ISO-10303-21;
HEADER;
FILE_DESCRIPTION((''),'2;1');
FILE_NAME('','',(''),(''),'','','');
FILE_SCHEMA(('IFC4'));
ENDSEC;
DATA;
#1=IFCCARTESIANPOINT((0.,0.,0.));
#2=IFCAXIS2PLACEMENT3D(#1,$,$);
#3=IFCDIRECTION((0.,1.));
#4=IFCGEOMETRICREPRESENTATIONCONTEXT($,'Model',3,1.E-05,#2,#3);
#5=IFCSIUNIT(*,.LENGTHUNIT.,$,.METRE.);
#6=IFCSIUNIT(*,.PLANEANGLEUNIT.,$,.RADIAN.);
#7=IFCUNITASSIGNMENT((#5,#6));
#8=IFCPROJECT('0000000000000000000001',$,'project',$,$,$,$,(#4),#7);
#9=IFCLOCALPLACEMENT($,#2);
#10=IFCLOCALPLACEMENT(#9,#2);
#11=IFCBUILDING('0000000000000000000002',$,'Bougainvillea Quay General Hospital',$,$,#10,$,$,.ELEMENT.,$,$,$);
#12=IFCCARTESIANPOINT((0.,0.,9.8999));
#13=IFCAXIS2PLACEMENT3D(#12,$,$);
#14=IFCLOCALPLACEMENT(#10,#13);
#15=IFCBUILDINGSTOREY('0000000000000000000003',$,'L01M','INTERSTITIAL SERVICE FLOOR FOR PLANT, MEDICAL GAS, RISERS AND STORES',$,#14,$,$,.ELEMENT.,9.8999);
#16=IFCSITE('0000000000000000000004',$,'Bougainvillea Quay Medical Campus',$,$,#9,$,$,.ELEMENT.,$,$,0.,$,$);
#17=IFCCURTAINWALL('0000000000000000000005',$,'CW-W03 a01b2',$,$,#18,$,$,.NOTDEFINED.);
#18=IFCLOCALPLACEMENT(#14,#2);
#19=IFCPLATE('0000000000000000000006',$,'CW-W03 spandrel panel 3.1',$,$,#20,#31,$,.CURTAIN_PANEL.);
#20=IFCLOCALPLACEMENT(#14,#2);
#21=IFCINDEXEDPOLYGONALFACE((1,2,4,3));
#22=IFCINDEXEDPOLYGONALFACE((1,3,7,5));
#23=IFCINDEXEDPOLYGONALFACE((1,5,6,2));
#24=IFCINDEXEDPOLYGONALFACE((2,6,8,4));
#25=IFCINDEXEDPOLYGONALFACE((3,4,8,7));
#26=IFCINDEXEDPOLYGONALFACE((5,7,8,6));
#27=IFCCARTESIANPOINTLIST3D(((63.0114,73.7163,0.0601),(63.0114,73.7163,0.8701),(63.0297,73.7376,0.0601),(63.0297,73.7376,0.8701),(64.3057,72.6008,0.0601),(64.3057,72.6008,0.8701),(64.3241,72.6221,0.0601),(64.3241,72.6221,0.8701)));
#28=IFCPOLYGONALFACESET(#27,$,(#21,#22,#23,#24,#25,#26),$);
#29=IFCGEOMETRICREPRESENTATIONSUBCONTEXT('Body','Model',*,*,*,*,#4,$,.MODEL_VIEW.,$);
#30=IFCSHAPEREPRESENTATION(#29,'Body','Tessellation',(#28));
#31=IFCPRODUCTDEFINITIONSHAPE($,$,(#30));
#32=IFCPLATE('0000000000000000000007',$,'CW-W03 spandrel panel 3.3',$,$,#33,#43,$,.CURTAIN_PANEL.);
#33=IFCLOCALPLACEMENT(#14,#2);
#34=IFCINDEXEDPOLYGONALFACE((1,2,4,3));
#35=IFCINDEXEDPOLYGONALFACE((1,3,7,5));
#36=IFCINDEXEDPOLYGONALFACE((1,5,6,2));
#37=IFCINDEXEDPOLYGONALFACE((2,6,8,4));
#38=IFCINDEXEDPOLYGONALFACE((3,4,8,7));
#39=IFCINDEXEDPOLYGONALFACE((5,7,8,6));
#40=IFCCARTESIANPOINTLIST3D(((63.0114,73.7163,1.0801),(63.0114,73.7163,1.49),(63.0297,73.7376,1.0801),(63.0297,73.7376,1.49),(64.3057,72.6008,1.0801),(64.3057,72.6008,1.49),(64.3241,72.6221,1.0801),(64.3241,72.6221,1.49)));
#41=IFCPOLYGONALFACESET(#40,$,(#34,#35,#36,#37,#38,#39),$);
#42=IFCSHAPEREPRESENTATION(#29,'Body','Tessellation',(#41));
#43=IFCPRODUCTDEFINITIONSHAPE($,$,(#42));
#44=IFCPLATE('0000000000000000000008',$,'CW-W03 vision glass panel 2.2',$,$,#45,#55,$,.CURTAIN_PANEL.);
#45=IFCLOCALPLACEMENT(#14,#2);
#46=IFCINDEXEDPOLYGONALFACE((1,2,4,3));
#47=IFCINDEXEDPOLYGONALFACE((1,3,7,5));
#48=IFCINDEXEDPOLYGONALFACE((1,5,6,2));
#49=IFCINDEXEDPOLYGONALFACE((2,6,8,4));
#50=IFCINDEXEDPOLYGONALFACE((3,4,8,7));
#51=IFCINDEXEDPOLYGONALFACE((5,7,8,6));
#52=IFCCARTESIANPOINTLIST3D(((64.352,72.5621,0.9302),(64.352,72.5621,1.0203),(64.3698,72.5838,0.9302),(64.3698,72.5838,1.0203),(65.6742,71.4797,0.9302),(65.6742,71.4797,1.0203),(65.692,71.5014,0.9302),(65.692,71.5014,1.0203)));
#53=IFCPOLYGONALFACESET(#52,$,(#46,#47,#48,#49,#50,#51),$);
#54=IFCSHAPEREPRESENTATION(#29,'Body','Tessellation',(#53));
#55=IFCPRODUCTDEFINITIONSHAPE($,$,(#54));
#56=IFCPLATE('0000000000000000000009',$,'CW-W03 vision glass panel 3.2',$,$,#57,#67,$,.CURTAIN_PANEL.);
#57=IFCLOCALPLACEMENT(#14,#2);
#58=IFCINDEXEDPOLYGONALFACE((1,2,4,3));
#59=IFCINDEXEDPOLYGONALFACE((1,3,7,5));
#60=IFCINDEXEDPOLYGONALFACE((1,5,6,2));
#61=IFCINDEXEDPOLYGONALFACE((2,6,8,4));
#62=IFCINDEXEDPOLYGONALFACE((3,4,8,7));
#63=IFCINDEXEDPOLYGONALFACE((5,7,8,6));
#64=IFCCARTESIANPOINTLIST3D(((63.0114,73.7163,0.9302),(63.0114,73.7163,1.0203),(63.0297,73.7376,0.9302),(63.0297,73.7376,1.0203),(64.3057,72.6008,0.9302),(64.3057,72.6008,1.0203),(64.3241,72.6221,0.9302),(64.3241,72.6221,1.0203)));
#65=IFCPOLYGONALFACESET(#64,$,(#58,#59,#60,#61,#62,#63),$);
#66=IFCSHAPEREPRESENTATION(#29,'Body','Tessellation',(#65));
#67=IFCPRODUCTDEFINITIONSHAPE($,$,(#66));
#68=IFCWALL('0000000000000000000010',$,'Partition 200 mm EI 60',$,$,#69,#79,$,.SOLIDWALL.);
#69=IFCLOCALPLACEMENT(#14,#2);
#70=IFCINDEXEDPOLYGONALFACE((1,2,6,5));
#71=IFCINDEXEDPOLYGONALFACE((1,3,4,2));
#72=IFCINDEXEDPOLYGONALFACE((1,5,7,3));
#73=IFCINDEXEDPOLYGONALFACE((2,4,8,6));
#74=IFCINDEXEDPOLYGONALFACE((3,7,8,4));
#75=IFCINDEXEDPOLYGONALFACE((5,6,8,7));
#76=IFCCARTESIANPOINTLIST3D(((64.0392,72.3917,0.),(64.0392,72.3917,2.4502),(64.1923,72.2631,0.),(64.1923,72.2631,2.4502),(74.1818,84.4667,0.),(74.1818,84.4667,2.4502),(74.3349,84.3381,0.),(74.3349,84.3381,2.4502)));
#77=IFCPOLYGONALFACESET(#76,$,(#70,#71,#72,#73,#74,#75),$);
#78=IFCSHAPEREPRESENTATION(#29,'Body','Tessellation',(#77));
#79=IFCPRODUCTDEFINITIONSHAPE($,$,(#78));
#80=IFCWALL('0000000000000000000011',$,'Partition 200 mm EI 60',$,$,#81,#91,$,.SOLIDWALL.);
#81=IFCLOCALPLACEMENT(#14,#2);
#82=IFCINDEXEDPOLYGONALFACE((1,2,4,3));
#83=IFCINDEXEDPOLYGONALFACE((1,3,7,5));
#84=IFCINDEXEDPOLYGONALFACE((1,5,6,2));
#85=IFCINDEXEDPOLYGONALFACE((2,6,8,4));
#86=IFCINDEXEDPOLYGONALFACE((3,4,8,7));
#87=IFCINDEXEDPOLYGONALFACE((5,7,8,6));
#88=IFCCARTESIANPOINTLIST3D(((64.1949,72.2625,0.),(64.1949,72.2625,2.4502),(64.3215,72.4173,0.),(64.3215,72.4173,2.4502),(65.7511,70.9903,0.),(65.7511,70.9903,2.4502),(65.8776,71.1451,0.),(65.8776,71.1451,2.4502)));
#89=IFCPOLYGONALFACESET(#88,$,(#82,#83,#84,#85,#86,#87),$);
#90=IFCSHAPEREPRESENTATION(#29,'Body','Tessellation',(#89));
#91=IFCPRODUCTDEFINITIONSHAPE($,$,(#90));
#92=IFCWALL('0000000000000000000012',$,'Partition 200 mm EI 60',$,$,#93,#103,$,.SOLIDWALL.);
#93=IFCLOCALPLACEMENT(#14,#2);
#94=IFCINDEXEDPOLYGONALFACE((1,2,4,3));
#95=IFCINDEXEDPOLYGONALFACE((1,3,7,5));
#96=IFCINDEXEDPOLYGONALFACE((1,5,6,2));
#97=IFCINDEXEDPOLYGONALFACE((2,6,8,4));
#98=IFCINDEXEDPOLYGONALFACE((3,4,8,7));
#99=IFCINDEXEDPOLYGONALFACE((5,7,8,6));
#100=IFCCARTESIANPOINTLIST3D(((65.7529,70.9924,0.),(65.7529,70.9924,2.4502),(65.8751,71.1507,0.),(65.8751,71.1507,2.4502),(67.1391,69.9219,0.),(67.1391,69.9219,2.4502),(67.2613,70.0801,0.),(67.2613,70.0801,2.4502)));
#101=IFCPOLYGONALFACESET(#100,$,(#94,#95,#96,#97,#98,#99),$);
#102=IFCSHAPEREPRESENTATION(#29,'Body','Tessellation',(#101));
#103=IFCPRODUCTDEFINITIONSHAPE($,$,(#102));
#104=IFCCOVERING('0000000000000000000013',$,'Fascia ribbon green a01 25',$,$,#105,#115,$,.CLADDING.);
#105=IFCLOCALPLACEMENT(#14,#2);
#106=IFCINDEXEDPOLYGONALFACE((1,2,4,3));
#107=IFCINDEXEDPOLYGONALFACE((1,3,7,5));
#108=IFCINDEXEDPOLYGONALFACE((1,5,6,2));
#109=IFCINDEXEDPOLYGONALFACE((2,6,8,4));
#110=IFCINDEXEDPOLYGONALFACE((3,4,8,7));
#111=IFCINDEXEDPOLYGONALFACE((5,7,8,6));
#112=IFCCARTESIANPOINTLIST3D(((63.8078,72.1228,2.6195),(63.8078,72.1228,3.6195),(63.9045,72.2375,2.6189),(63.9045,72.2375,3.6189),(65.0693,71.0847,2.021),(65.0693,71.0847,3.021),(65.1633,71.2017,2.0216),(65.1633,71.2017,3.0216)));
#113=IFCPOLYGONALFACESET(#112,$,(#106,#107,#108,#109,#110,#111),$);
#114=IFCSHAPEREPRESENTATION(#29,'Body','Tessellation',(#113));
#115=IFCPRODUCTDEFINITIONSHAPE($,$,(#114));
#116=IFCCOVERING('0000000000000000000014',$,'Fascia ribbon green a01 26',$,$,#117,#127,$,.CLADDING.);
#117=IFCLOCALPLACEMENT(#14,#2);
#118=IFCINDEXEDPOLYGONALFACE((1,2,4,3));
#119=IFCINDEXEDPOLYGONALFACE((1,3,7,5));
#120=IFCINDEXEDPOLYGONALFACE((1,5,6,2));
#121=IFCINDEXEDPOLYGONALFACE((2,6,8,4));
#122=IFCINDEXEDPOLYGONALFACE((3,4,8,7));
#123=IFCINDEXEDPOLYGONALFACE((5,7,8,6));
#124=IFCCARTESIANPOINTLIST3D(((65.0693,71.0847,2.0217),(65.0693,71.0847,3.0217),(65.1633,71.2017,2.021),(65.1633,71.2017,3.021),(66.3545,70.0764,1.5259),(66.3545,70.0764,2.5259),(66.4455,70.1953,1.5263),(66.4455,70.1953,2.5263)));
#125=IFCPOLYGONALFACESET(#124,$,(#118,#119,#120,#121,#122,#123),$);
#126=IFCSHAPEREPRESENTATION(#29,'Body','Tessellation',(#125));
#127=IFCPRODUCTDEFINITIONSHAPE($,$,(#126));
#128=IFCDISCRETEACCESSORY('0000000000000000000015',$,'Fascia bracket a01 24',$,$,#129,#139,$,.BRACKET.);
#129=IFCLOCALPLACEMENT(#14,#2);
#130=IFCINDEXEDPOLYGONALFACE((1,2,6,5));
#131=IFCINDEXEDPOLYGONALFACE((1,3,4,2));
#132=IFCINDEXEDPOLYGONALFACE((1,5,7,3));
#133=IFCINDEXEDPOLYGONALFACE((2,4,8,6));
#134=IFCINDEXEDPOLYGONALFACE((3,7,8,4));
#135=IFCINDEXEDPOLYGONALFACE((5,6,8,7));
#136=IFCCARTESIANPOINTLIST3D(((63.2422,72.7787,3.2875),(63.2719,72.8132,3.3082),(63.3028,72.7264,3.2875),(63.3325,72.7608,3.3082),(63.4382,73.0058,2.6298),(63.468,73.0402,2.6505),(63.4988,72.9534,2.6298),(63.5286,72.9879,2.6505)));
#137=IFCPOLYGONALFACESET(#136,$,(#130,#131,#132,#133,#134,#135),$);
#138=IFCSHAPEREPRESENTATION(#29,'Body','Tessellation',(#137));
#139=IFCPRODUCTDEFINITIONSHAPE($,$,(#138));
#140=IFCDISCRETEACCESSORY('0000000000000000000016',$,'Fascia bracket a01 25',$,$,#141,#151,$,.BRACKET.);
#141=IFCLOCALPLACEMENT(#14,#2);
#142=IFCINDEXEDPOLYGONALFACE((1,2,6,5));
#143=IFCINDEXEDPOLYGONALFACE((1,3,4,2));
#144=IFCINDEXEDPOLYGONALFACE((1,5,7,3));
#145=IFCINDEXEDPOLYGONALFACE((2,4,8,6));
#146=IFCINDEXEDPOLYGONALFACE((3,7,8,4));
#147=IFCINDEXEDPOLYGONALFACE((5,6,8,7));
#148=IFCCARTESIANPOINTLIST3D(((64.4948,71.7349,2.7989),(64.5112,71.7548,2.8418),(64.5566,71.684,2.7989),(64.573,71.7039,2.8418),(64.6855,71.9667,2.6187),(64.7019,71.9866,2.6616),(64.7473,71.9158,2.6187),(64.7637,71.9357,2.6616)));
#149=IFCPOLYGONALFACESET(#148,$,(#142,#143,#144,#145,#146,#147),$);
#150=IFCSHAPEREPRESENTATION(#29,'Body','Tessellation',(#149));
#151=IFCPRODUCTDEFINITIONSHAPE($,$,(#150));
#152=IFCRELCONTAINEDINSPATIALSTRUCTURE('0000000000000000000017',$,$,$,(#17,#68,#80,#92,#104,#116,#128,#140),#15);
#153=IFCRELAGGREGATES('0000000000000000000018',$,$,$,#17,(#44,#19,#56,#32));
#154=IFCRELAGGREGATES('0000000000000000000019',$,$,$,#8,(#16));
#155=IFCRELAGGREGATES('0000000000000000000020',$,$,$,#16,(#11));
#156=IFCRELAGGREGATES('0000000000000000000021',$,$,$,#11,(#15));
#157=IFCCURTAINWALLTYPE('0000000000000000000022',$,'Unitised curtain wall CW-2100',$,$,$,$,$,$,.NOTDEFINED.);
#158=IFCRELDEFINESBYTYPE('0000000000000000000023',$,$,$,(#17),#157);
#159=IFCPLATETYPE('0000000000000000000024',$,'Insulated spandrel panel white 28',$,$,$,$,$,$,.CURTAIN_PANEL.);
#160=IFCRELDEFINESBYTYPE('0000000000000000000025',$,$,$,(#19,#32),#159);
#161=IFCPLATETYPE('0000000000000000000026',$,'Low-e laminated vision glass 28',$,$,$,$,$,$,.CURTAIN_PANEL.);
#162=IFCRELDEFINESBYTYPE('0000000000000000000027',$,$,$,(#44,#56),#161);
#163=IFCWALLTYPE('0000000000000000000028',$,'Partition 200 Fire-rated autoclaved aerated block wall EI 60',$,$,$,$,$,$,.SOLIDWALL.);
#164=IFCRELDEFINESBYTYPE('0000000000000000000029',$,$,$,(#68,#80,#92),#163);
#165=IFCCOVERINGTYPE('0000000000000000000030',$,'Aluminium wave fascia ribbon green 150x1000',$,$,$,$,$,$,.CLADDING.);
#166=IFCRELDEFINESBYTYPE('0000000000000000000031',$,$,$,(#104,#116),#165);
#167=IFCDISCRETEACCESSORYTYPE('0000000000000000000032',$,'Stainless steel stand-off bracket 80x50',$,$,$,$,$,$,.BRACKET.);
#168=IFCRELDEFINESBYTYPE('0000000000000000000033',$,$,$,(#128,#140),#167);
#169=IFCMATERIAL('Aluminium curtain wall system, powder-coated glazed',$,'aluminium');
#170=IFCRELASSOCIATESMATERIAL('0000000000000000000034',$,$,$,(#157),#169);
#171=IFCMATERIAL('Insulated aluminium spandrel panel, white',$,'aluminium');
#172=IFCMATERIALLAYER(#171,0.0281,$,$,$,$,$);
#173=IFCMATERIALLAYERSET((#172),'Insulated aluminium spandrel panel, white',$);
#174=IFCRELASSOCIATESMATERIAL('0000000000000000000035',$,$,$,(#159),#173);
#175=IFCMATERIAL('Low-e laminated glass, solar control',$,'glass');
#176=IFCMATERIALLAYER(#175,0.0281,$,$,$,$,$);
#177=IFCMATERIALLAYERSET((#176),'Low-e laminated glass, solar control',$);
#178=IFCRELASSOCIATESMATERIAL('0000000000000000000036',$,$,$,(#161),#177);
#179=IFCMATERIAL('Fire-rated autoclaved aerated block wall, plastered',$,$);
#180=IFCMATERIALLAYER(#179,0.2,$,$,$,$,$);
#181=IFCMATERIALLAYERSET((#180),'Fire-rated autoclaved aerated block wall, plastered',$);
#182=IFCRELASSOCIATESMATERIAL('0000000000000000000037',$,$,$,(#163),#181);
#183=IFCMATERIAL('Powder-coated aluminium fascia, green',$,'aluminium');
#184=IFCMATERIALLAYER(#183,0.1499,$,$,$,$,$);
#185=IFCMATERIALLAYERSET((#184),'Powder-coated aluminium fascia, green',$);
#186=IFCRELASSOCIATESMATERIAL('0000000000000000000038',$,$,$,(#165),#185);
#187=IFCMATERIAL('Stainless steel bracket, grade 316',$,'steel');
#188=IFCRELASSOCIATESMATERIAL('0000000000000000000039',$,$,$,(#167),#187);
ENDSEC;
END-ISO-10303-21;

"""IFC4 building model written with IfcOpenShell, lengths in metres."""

from ifc_helpers import new_model, si_unit, direction, frame, frame_2d, origin, origin_2d, place, context, subcontext, project, spatial, polyline, rectangle, outline, extrude, material, layer, layer_set, material_profile, profile_set, type_object, element, aggregate, save


model = new_model("IFC4")

# Units and contexts
model_context = context("Model", 3, precision=1e-05, world=origin(), true_north=direction((0.0, 1.0)))
body_context = subcontext(model_context, "Body", "Model", "MODEL_VIEW")
ifc_project = project(units=[si_unit("LENGTHUNIT", "METRE"), si_unit("PLANEANGLEUNIT", "RADIAN")], contexts=[model_context])

# Site, building, storey
site_placement = place(None, origin())
site = spatial("IfcSite", under=ifc_project, at=site_placement, Name="Bougainvillea Quay Medical Campus", CompositionType="ELEMENT", RefElevation=0.0)
building_placement = place(site_placement, origin())
building = spatial("IfcBuilding", under=site, at=building_placement, Name="Bougainvillea Quay General Hospital", CompositionType="ELEMENT")
storey_placement = place(building_placement, frame((0.0, 0.0, 9.8999)))
storey = spatial("IfcBuildingStorey", under=building, at=storey_placement, Name="L01M", Description="INTERSTITIAL SERVICE FLOOR FOR PLANT, MEDICAL GAS, RISERS AND STORES", CompositionType="ELEMENT", Elevation=9.8999)

# Curtain wall, plates
ifc_material_1 = material(Name="Aluminium curtain wall system, powder-coated glazed", Category="aluminium")
curtain_wall_type = type_object("IfcCurtainWallType", Name="Unitised curtain wall CW-2100", PredefinedType="NOTDEFINED", material=ifc_material_1)
curtain_wall_placement = place(storey_placement, origin())
curtain_wall = element("IfcCurtainWall", 1, at=curtain_wall_placement, inside=storey, type_object=curtain_wall_type, Name="CW-W03 a01b2", PredefinedType="NOTDEFINED")
ifc_material_2 = material(Name="Insulated aluminium spandrel panel, white", Category="aluminium")
ifc_layer_1 = layer(ifc_material_2, 0.0281)
ifc_layer_set_1 = layer_set([ifc_layer_1], Name="Insulated aluminium spandrel panel, white")
plate_type_1 = type_object("IfcPlateType", Name="Insulated spandrel panel white 28", PredefinedType="CURTAIN_PANEL", material=ifc_layer_set_1)
plate_1_placement = place(storey_placement, frame((63.6677, 73.1692, 0.0601), z_axis=(0.0, 0.0, 1.0), x_axis=(-0.757491, 0.652846, 0.0)))
plate_1 = element("IfcPlate", 2, at=plate_1_placement, type_object=plate_type_1, Name="CW-W03 spandrel panel 3.1", PredefinedType="CURTAIN_PANEL", context=body_context, shape_type="SweptSolid", body=[
    extrude(rectangle(XDim=1.7087, YDim=0.0281, at=origin_2d()), origin(), (0.0, 0.0, 1.0), 0.8101),
])
plate_2_placement = place(storey_placement, frame((63.6677, 73.1692, 1.0801), z_axis=(0.0, 0.0, 1.0), x_axis=(-0.757491, 0.652846, 0.0)))
plate_2 = element("IfcPlate", 3, at=plate_2_placement, type_object=plate_type_1, Name="CW-W03 spandrel panel 3.3", PredefinedType="CURTAIN_PANEL", context=body_context, shape_type="SweptSolid", body=[
    extrude(rectangle(XDim=1.7087, YDim=0.0281, at=origin_2d()), origin(), (0.0, 0.0, 1.0), 0.4099),
])
ifc_material_3 = material(Name="Low-e laminated glass, solar control", Category="glass")
ifc_layer_2 = layer(ifc_material_3, 0.0281)
ifc_layer_set_2 = layer_set([ifc_layer_2], Name="Low-e laminated glass, solar control")
plate_type_2 = type_object("IfcPlateType", Name="Low-e laminated vision glass 28", PredefinedType="CURTAIN_PANEL", material=ifc_layer_set_2)
plate_3_placement = place(storey_placement, frame((65.022, 72.0317, 0.9302), z_axis=(0.0, 0.0, 1.0), x_axis=(-0.773802, 0.633428, 0.0)))
plate_3 = element("IfcPlate", 4, at=plate_3_placement, type_object=plate_type_2, Name="CW-W03 vision glass panel 2.2", PredefinedType="CURTAIN_PANEL", context=body_context, shape_type="SweptSolid", body=[
    extrude(rectangle(XDim=1.7087, YDim=0.0281, at=origin_2d()), origin(), (0.0, 0.0, 1.0), 0.0901),
])
plate_4_placement = place(storey_placement, frame((63.6677, 73.1692, 0.9302), z_axis=(0.0, 0.0, 1.0), x_axis=(-0.757491, 0.652846, 0.0)))
plate_4 = element("IfcPlate", 5, at=plate_4_placement, type_object=plate_type_2, Name="CW-W03 vision glass panel 3.2", PredefinedType="CURTAIN_PANEL", context=body_context, shape_type="SweptSolid", body=[
    extrude(rectangle(XDim=1.7087, YDim=0.0281, at=origin_2d()), origin(), (0.0, 0.0, 1.0), 0.0901),
])
aggregate(curtain_wall, [plate_3, plate_1, plate_4, plate_2])

# Walls
ifc_material_4 = material(Name="Fire-rated autoclaved aerated block wall, plastered")
ifc_layer_3 = layer(ifc_material_4, 0.2)
ifc_layer_set_3 = layer_set([ifc_layer_3], Name="Fire-rated autoclaved aerated block wall, plastered")
wall_type = type_object("IfcWallType", Name="Partition 200 Fire-rated autoclaved aerated block wall EI 60", PredefinedType="SOLIDWALL", material=ifc_layer_set_3)
wall_1_placement = place(storey_placement, frame((64.1157, 72.3274, 0.0), z_axis=(0.0, 0.0, 1.0), x_axis=(0.643178, 0.765717, 0.0)))
element("IfcWall", 6, at=wall_1_placement, inside=storey, type_object=wall_type, Name="Partition 200 mm EI 60", PredefinedType="SOLIDWALL", context=body_context, shape_type="SweptSolid", body=[
    extrude(rectangle(XDim=15.7695, YDim=0.2, at=frame_2d((7.8848, 0.0))), origin(), (0.0, 0.0, 1.0), 2.4502),
])
wall_2_placement = place(storey_placement, frame((64.2583, 72.3398, 0.0), z_axis=(0.0, 0.0, 1.0), x_axis=(0.774201, -0.63294, 0.0)))
element("IfcWall", 7, at=wall_2_placement, inside=storey, type_object=wall_type, Name="Partition 200 mm EI 60", PredefinedType="SOLIDWALL", context=body_context, shape_type="SweptSolid", body=[
    extrude(rectangle(XDim=2.01, YDim=0.2, at=frame_2d((1.0049, 0.0))), origin(), (0.0, 0.0, 1.0), 2.4502),
])
wall_3_placement = place(storey_placement, frame((65.814, 71.0715, 0.0), z_axis=(0.0, 0.0, 1.0), x_axis=(0.791457, -0.611225, 0.0)))
element("IfcWall", 8, at=wall_3_placement, inside=storey, type_object=wall_type, Name="Partition 200 mm EI 60", PredefinedType="SOLIDWALL", context=body_context, shape_type="SweptSolid", body=[
    extrude(rectangle(XDim=1.7515, YDim=0.2, at=frame_2d((0.8757, 0.0))), origin(), (0.0, 0.0, 1.0), 2.4502),
])

# Coverings
ifc_material_5 = material(Name="Powder-coated aluminium fascia, green", Category="aluminium")
ifc_layer_4 = layer(ifc_material_5, 0.1499)
ifc_layer_set_4 = layer_set([ifc_layer_4], Name="Powder-coated aluminium fascia, green")
covering_type = type_object("IfcCoveringType", Name="Aluminium wave fascia ribbon green 150x1000", PredefinedType="CLADDING", material=ifc_layer_set_4)
covering_1_placement = place(storey_placement, frame((63.9045, 72.2375, 2.6189), z_axis=(0.265624, -0.218601, 0.938966), x_axis=(0.725031, -0.596646, -0.34401)))
element("IfcCovering", 9, at=covering_1_placement, inside=storey, type_object=covering_type, Name="Fascia ribbon green a01 25", PredefinedType="CLADDING", context=body_context, shape_type="SweptSolid", body=[
    extrude(outline(polyline([(0.0, 0.0), (1.7362, 0.0), (1.738, -0.15), (-0.0019, -0.15), (0.0, 0.0)])), origin(), (-0.34401, 0.000009, 0.938966), 1.0),
])
covering_2_placement = place(storey_placement, frame((65.1633, 71.2017, 2.021), z_axis=(0.228961, -0.17867, 0.956898), x_axis=(0.752745, -0.590787, -0.290423)))
element("IfcCovering", 10, at=covering_2_placement, inside=storey, type_object=covering_type, Name="Fascia ribbon green a01 26", PredefinedType="CLADDING", context=body_context, shape_type="SweptSolid", body=[
    extrude(outline(polyline([(0.0, 0.0), (1.7034, 0.0), (1.7052, -0.1498), (-0.0019, -0.15), (0.0, 0.0)])), origin(), (-0.290423, -0.000774, 0.956898), 1.0),
])

# Discrete accessories
ifc_material_6 = material(Name="Stainless steel bracket, grade 316", Category="steel")
ifc_material_profile_1 = material_profile(ifc_material_6, rectangle(XDim=0.0801, YDim=0.05, at=origin_2d()))
ifc_profile_set_1 = profile_set([ifc_material_profile_1], Name="Stainless steel bracket, grade 316")
discrete_accessory_type = type_object("IfcDiscreteAccessoryType", Name="Stainless steel stand-off bracket 80x50", PredefinedType="BRACKET", material=ifc_profile_set_1)
discrete_accessory_1_placement = place(storey_placement, frame((63.4834, 72.9968, 2.6401), z_axis=(-0.271195, -0.314086, 0.909837), x_axis=(0.756896, -0.653535, 0.0)))
element("IfcDiscreteAccessory", 11, at=discrete_accessory_1_placement, inside=storey, type_object=discrete_accessory_type, Name="Fascia bracket a01 24", PredefinedType="BRACKET", context=body_context, shape_type="SweptSolid", body=[
    extrude(rectangle(XDim=0.0801, YDim=0.05, at=origin_2d()), origin(), (0.0, 0.0, 1.0), 0.7229),
])
discrete_accessory_2_placement = place(storey_placement, frame((64.7246, 71.9512, 2.6401), z_axis=(-0.544783, -0.66197, 0.514788), x_axis=(0.772142, -0.635451, 0.0)))
element("IfcDiscreteAccessory", 12, at=discrete_accessory_2_placement, inside=storey, type_object=discrete_accessory_type, Name="Fascia bracket a01 25", PredefinedType="BRACKET", context=body_context, shape_type="SweptSolid", body=[
    extrude(rectangle(XDim=0.0801, YDim=0.05, at=origin_2d()), origin(), (0.0, 0.0, 1.0), 0.3501),
])

save(model, "model.ifc")
